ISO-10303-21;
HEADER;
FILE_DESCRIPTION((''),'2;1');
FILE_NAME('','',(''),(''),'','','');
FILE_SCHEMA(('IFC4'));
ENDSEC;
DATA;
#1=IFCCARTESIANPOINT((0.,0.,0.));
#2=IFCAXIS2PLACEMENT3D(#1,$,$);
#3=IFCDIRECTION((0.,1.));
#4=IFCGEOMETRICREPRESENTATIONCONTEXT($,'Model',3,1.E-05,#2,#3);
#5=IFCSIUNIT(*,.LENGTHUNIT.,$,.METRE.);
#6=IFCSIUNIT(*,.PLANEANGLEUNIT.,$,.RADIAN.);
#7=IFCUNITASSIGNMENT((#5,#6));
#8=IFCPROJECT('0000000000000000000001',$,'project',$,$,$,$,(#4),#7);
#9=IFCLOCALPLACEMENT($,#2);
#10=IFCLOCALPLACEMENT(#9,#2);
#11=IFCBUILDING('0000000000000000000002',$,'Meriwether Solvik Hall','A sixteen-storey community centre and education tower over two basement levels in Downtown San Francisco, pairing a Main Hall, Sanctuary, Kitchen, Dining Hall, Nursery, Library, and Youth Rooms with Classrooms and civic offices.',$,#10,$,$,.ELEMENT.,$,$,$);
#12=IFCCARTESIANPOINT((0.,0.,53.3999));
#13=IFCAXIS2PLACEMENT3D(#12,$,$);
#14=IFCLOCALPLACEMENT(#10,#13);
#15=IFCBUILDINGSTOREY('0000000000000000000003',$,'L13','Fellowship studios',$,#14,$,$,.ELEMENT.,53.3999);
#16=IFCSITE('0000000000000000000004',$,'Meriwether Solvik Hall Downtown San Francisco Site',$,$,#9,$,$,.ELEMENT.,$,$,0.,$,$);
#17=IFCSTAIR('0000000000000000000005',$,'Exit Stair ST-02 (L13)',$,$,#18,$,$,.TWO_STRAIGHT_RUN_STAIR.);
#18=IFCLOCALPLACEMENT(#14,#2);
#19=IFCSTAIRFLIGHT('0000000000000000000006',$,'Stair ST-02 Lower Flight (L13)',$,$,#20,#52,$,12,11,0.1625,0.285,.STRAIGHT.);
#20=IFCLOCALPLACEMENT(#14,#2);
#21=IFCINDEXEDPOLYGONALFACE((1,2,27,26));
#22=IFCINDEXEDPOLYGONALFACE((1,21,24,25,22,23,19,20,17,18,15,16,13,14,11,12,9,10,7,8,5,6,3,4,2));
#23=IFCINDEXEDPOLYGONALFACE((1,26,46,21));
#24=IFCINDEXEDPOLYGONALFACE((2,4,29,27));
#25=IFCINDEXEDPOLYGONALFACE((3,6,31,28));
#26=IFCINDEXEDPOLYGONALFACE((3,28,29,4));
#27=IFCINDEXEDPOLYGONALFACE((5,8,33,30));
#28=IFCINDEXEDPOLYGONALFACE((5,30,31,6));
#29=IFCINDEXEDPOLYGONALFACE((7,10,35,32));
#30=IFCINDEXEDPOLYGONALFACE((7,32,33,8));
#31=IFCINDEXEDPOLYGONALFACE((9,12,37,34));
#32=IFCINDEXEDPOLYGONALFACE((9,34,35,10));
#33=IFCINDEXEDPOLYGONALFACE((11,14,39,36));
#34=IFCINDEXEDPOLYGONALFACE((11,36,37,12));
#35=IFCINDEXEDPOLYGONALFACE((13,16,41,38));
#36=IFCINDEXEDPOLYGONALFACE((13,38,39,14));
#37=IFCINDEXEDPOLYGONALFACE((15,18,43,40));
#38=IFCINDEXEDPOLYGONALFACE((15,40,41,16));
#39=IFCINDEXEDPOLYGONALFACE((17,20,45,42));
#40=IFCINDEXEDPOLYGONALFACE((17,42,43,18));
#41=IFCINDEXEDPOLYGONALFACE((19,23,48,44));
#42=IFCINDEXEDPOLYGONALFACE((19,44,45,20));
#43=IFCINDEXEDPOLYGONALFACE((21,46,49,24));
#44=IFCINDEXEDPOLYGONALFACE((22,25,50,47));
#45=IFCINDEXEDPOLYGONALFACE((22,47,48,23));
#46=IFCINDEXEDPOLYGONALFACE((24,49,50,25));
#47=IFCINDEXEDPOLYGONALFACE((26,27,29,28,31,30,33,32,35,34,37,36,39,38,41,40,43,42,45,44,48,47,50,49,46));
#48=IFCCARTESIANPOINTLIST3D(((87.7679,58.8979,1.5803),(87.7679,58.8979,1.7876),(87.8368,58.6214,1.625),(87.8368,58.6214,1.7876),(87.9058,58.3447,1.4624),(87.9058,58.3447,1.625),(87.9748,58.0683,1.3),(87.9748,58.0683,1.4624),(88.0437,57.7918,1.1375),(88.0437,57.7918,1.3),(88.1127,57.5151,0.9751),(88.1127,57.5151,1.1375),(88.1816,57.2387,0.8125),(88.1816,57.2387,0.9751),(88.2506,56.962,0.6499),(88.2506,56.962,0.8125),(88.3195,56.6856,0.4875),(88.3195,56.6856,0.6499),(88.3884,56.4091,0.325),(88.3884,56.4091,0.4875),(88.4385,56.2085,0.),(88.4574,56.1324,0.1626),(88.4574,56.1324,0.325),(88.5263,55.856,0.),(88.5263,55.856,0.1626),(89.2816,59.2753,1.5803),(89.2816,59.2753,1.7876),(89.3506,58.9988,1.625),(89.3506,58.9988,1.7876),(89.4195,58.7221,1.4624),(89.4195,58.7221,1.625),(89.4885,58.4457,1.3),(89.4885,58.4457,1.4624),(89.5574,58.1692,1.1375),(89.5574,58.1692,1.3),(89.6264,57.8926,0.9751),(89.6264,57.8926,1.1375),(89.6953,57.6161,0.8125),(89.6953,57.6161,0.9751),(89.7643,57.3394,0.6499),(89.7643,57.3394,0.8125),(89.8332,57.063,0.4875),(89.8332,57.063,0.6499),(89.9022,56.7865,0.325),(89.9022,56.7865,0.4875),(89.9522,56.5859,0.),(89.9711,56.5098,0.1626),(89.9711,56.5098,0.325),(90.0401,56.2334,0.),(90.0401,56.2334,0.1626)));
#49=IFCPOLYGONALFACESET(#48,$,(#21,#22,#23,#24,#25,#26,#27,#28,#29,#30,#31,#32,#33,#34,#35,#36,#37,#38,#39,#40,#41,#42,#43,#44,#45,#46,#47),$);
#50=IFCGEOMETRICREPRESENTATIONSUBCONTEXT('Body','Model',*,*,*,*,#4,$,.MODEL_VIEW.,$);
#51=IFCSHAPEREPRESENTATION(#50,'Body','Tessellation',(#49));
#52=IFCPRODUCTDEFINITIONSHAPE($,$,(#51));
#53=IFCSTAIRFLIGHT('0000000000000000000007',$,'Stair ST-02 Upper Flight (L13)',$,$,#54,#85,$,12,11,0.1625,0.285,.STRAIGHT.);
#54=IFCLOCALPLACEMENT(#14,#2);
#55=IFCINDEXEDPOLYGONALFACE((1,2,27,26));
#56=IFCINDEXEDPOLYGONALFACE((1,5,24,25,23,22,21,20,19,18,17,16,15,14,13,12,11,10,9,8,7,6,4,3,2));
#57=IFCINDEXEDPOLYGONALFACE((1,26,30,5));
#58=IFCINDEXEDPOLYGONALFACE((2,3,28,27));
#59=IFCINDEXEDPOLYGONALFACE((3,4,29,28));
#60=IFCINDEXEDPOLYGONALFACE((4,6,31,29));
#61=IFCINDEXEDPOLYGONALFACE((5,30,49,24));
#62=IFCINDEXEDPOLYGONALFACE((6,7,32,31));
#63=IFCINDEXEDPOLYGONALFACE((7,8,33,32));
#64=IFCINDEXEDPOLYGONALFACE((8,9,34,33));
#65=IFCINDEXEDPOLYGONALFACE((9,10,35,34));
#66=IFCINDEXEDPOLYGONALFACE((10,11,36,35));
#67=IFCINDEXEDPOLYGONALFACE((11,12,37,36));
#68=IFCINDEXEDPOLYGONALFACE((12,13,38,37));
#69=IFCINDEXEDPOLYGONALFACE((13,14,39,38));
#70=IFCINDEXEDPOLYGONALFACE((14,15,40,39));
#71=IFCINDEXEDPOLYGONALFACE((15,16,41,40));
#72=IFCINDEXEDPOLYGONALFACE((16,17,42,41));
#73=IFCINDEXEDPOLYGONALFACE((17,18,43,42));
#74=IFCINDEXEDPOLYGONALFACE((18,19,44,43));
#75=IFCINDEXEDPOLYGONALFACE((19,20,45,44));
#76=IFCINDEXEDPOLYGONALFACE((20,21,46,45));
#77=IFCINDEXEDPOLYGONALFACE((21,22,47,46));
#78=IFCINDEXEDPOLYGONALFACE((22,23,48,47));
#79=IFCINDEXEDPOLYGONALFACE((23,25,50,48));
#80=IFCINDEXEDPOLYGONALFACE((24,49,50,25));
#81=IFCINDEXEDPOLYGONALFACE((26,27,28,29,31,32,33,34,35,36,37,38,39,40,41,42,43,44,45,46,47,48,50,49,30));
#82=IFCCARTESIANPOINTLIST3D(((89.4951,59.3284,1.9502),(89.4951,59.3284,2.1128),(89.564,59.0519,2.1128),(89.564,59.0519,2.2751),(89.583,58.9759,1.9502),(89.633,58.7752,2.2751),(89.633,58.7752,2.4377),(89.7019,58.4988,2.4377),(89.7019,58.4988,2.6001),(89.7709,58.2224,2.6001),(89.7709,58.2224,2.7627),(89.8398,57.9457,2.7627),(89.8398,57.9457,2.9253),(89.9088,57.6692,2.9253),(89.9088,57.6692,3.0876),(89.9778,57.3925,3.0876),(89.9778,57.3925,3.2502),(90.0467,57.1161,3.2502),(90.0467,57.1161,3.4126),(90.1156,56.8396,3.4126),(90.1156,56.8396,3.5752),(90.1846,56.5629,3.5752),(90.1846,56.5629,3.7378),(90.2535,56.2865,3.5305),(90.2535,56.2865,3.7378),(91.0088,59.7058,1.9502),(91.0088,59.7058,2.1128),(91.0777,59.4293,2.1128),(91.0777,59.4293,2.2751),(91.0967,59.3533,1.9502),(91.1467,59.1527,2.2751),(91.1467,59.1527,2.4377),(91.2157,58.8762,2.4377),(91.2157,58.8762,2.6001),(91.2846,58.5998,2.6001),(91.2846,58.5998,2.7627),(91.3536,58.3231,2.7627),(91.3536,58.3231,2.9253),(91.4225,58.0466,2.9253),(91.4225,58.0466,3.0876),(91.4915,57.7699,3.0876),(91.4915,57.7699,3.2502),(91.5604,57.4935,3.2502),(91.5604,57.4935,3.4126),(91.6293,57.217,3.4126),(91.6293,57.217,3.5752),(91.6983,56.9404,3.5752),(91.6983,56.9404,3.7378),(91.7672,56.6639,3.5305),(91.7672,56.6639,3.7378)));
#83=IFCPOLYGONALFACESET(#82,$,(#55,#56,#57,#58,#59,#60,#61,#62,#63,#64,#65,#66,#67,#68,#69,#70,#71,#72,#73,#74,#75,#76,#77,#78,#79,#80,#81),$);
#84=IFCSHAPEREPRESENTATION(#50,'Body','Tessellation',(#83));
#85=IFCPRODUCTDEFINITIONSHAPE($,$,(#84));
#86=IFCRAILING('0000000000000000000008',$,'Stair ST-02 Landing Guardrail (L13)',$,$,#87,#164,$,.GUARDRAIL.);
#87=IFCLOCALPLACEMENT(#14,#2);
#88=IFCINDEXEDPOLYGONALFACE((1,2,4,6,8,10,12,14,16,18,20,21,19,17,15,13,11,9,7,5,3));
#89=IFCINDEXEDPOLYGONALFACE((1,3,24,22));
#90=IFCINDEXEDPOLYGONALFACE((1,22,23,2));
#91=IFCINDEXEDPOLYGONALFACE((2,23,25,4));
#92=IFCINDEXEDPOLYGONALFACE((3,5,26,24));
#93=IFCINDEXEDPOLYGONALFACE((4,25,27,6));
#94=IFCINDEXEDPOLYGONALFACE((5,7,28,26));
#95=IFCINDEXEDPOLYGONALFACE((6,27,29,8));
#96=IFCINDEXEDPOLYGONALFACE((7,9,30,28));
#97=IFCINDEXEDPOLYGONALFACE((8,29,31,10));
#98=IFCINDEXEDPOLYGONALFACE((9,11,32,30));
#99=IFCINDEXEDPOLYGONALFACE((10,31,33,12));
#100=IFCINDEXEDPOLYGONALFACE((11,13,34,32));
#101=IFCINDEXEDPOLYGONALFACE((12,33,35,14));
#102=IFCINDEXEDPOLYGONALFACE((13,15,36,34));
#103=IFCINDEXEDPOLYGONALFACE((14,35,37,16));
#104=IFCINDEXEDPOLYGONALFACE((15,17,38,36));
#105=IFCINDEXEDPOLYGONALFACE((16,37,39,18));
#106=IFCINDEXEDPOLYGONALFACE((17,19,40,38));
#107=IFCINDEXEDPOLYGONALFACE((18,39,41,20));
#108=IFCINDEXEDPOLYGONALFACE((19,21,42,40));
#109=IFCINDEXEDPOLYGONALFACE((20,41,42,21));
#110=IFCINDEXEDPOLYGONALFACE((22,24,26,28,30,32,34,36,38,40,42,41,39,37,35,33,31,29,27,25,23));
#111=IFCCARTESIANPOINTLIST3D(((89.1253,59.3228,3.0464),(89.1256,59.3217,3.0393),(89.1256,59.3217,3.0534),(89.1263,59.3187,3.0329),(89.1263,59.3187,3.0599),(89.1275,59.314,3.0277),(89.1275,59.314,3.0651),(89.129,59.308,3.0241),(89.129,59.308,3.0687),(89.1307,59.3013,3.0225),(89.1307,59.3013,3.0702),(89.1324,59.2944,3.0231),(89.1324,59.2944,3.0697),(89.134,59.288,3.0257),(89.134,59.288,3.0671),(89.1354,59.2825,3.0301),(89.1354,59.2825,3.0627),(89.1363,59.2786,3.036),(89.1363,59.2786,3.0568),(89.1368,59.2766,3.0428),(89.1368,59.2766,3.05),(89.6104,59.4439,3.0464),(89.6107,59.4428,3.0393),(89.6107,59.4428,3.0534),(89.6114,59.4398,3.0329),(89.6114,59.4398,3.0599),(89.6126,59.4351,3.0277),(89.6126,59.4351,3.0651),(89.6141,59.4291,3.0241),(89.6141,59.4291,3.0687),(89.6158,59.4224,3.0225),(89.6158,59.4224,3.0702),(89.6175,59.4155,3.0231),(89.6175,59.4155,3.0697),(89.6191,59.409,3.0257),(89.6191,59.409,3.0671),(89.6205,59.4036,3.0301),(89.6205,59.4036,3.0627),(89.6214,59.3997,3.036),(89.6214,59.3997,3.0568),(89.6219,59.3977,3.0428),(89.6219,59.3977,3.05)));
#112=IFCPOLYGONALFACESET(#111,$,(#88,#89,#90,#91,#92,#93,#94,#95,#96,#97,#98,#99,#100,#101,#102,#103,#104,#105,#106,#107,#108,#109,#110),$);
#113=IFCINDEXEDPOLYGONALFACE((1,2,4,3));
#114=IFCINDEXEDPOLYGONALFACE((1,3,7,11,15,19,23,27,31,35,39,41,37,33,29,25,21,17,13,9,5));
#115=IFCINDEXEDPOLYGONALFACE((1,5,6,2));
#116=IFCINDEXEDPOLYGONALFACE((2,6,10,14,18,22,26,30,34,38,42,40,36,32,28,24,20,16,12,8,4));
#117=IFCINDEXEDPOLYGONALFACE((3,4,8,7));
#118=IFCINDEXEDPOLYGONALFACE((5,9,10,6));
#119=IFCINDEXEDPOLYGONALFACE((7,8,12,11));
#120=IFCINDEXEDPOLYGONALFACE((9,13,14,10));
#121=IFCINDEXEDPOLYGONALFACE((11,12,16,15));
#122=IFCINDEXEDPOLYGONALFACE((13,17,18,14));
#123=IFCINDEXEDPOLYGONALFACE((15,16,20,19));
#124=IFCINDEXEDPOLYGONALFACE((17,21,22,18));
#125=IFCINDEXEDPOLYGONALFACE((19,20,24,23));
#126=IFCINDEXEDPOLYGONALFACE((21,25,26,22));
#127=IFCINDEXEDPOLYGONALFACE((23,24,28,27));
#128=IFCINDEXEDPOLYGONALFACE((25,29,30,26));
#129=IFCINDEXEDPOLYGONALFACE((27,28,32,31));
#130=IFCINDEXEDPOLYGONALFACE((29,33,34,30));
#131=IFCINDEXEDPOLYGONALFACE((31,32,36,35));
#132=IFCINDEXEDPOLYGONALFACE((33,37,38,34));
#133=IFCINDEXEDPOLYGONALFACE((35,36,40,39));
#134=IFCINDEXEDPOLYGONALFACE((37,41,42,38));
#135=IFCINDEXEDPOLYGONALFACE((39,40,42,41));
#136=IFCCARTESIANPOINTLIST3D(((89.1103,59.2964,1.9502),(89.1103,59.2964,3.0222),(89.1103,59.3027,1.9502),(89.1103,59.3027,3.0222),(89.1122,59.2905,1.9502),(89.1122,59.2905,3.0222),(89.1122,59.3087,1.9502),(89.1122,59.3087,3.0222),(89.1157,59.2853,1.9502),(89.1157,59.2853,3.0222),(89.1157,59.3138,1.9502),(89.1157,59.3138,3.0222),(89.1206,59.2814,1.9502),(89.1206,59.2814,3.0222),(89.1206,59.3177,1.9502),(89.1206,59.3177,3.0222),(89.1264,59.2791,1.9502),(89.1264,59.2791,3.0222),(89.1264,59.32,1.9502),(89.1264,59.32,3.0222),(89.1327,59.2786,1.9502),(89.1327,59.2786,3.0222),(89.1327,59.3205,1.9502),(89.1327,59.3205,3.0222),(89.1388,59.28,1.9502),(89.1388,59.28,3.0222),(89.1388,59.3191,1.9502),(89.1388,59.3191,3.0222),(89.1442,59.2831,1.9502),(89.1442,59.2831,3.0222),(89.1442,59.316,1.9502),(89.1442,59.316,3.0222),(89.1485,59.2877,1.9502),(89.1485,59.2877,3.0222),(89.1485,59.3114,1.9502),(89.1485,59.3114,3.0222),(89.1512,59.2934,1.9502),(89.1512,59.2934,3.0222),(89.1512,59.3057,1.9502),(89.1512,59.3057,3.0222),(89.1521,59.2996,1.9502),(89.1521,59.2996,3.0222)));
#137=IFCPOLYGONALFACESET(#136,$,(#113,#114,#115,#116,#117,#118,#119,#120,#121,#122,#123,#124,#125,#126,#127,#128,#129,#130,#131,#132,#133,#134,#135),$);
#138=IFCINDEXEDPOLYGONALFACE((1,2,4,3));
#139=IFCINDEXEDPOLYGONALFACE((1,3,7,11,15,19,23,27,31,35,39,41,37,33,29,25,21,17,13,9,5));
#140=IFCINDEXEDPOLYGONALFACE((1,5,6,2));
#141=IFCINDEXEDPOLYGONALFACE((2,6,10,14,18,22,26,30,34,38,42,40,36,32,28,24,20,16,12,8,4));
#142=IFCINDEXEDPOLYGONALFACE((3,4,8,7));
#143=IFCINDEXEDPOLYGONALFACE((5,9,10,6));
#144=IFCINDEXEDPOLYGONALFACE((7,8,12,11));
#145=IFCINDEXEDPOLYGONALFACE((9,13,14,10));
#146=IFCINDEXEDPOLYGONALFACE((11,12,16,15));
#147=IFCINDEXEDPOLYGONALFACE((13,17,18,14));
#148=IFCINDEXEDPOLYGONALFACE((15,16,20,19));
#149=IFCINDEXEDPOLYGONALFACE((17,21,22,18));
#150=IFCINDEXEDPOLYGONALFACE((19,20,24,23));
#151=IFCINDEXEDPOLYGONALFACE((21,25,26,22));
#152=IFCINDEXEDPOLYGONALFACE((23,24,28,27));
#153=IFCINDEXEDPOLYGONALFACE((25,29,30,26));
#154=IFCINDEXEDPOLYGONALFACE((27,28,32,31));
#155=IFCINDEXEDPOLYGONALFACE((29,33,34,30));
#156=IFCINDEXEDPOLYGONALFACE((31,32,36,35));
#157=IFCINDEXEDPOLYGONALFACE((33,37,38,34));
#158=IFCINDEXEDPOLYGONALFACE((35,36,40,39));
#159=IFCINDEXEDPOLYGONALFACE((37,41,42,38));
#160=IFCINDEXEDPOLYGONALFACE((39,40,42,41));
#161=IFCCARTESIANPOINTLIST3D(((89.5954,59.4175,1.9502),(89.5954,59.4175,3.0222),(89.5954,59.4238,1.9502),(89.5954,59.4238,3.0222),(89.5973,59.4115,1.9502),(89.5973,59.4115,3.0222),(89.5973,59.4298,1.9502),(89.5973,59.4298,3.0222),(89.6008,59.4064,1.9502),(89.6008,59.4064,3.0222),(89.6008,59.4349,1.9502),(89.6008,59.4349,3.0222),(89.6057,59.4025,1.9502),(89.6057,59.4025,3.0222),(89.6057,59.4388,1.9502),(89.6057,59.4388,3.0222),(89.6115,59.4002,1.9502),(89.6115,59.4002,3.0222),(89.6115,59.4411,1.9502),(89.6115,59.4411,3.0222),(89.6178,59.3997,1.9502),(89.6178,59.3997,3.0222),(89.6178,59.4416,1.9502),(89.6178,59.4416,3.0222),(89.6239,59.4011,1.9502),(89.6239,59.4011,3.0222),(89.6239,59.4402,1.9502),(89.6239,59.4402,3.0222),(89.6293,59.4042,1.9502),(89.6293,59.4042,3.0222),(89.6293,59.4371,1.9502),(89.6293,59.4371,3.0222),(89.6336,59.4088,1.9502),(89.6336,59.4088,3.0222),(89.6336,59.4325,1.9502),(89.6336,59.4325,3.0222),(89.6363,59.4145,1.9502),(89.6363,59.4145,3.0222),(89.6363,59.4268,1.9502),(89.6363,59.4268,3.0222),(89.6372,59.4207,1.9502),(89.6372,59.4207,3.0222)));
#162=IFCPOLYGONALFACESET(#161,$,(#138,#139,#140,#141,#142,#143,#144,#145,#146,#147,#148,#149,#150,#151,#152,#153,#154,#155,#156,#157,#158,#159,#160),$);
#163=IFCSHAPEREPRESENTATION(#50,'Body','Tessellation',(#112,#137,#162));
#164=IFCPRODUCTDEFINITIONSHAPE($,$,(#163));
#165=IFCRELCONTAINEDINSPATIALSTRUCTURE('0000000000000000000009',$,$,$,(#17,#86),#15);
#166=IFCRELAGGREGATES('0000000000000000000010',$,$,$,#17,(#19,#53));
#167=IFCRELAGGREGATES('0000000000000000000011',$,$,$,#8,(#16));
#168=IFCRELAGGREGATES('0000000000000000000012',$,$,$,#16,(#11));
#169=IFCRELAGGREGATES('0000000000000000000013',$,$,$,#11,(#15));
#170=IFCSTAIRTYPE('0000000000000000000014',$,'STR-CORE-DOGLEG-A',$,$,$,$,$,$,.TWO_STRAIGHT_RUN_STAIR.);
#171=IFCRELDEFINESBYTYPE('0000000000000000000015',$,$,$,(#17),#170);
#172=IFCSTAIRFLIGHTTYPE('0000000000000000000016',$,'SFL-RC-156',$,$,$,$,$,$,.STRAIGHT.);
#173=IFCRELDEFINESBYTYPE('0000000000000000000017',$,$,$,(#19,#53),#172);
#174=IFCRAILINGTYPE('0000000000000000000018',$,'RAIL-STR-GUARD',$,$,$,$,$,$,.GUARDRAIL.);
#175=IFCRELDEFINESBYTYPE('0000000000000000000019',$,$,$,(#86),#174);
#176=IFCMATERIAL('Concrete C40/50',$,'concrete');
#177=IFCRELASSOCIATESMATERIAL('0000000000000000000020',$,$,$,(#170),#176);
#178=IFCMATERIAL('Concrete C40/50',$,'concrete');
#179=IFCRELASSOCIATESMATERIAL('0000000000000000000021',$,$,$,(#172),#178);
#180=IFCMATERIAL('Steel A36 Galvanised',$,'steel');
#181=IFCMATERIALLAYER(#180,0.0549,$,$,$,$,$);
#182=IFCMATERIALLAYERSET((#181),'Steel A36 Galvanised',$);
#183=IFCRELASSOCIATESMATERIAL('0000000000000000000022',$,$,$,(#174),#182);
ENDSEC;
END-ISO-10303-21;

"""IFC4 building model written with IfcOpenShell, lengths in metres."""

from ifc_helpers import new_model, si_unit, direction, frame, origin, origin_2d, place, context, subcontext, project, spatial, polyline, circle, outline, extrude, material, layer, layer_set, type_object, element, aggregate, save


model = new_model("IFC4")

# Units and contexts
model_context = context("Model", 3, precision=1e-05, world=origin(), true_north=direction((0.0, 1.0)))
body_context = subcontext(model_context, "Body", "Model", "MODEL_VIEW")
ifc_project = project(units=[si_unit("LENGTHUNIT", "METRE"), si_unit("PLANEANGLEUNIT", "RADIAN")], contexts=[model_context])

# Site, building, storey
site_placement = place(None, origin())
site = spatial("IfcSite", under=ifc_project, at=site_placement, Name="Meriwether Solvik Hall Downtown San Francisco Site", CompositionType="ELEMENT", RefElevation=0.0)
building_placement = place(site_placement, origin())
building = spatial("IfcBuilding", under=site, at=building_placement, Name="Meriwether Solvik Hall", Description="A sixteen-storey community centre and education tower over two basement levels in Downtown San Francisco, pairing a Main Hall, Sanctuary, Kitchen, Dining Hall, Nursery, Library, and Youth Rooms with Classrooms and civic offices.", CompositionType="ELEMENT")
storey_placement = place(building_placement, frame((0.0, 0.0, 53.3999)))
storey = spatial("IfcBuildingStorey", under=building, at=storey_placement, Name="L13", Description="Fellowship studios", CompositionType="ELEMENT", Elevation=53.3999)

# Stair, stair flights
ifc_material_1 = material(Name="Concrete C40/50", Category="concrete")
stair_type = type_object("IfcStairType", Name="STR-CORE-DOGLEG-A", PredefinedType="TWO_STRAIGHT_RUN_STAIR", material=ifc_material_1)
stair_placement = place(storey_placement, origin())
stair = element("IfcStair", 1, at=stair_placement, inside=storey, type_object=stair_type, Name="Exit Stair ST-02 (L13)", PredefinedType="TWO_STRAIGHT_RUN_STAIR")
ifc_material_2 = material(Name="Concrete C40/50", Category="concrete")
stair_flight_type = type_object("IfcStairFlightType", Name="SFL-RC-156", PredefinedType="STRAIGHT", material=ifc_material_2)
stair_flight_1_placement = place(storey_placement, frame((89.2832, 56.0447, 0.0), z_axis=(0.0, 0.0, 1.0), x_axis=(-0.241922, 0.970296, 0.0)))
stair_flight_1 = element("IfcStairFlight", 2, at=stair_flight_1_placement, type_object=stair_flight_type, Name="Stair ST-02 Lower Flight (L13)", NumberOfRisers=12, NumberOfTreads=11, PredefinedType="STRAIGHT", RiserHeight=0.1625, TreadLength=0.285, context=body_context, shape_type="SweptSolid", body=[
    extrude(outline(polyline([(0.0, 0.0), (0.0, 0.1626), (0.2849, 0.1626), (0.2849, 0.325), (0.5701, 0.325), (0.5701, 0.4875), (0.855, 0.4875), (0.855, 0.6499), (1.1399, 0.6499), (1.1399, 0.8125), (1.425, 0.8125), (1.425, 0.9751), (1.71, 0.9751), (1.71, 1.1375), (1.9951, 1.1375), (1.9951, 1.3), (2.28, 1.3), (2.28, 1.4624), (2.5649, 1.4624), (2.5649, 1.625), (2.8501, 1.625), (2.8501, 1.7876), (3.135, 1.7876), (3.135, 1.95), (3.135, 1.5803), (0.3633, 0.0), (0.0, 0.0)])), frame((0.0, 0.78, 0.0), z_axis=(0.0, -1.0, 0.0), x_axis=(1.0, 0.0, 0.0)), (0.0, 0.0, 1.0), 1.5601),
])
stair_flight_2_placement = place(storey_placement, frame((90.252, 59.5171, 1.9502), z_axis=(0.0, 0.0, 1.0), x_axis=(0.241922, -0.970296, 0.0)))
stair_flight_2 = element("IfcStairFlight", 3, at=stair_flight_2_placement, type_object=stair_flight_type, Name="Stair ST-02 Upper Flight (L13)", NumberOfRisers=12, NumberOfTreads=11, PredefinedType="STRAIGHT", RiserHeight=0.1625, TreadLength=0.285, context=body_context, shape_type="SweptSolid", body=[
    extrude(outline(polyline([(0.0, 0.0), (0.0, 0.1626), (0.2849, 0.1626), (0.2849, 0.325), (0.5701, 0.325), (0.5701, 0.4875), (0.855, 0.4875), (0.855, 0.6499), (1.1399, 0.6499), (1.1399, 0.8125), (1.425, 0.8125), (1.425, 0.9751), (1.71, 0.9751), (1.71, 1.1375), (1.9951, 1.1375), (1.9951, 1.3), (2.28, 1.3), (2.28, 1.4624), (2.5649, 1.4624), (2.5649, 1.625), (2.8501, 1.625), (2.8501, 1.7876), (3.135, 1.7876), (3.135, 1.95), (3.135, 1.5803), (0.3633, 0.0), (0.0, 0.0)])), frame((0.0, 0.78, 0.0), z_axis=(0.0, -1.0, 0.0), x_axis=(1.0, 0.0, 0.0)), (0.0, 0.0, 1.0), 1.5601),
])
aggregate(stair, [stair_flight_1, stair_flight_2])

# Railing
ifc_material_3 = material(Name="Steel A36 Galvanised", Category="steel")
ifc_layer_1 = layer(ifc_material_3, 0.0549)
ifc_layer_set_1 = layer_set([ifc_layer_1], Name="Steel A36 Galvanised")
railing_type_1 = type_object("IfcRailingType", Name="RAIL-STR-GUARD", PredefinedType="GUARDRAIL", material=ifc_layer_set_1)
railing_1_placement = place(storey_placement, frame((89.1311, 59.2996, 1.9502)))
element("IfcRailing", 4, at=railing_1_placement, inside=storey, type_object=railing_type_1, Name="Stair ST-02 Landing Guardrail (L13)", PredefinedType="GUARDRAIL", context=body_context, shape_type="SweptSolid", body=[
    extrude(circle(Radius=0.0239, at=origin_2d()), frame((0.0, 0.0, 1.0962), z_axis=(0.970229, 0.242191, 0.0), x_axis=(-0.242191, 0.970229, 0.0)), (0.0, 0.0, 1.0), 0.5),
    extrude(circle(Radius=0.021, at=origin_2d()), origin(), (0.0, 0.0, 1.0), 1.072),
    extrude(circle(Radius=0.021, at=origin_2d()), frame((0.4851, 0.1211, 0.0)), (0.0, 0.0, 1.0), 1.072),
])

save(model, "model.ifc")
